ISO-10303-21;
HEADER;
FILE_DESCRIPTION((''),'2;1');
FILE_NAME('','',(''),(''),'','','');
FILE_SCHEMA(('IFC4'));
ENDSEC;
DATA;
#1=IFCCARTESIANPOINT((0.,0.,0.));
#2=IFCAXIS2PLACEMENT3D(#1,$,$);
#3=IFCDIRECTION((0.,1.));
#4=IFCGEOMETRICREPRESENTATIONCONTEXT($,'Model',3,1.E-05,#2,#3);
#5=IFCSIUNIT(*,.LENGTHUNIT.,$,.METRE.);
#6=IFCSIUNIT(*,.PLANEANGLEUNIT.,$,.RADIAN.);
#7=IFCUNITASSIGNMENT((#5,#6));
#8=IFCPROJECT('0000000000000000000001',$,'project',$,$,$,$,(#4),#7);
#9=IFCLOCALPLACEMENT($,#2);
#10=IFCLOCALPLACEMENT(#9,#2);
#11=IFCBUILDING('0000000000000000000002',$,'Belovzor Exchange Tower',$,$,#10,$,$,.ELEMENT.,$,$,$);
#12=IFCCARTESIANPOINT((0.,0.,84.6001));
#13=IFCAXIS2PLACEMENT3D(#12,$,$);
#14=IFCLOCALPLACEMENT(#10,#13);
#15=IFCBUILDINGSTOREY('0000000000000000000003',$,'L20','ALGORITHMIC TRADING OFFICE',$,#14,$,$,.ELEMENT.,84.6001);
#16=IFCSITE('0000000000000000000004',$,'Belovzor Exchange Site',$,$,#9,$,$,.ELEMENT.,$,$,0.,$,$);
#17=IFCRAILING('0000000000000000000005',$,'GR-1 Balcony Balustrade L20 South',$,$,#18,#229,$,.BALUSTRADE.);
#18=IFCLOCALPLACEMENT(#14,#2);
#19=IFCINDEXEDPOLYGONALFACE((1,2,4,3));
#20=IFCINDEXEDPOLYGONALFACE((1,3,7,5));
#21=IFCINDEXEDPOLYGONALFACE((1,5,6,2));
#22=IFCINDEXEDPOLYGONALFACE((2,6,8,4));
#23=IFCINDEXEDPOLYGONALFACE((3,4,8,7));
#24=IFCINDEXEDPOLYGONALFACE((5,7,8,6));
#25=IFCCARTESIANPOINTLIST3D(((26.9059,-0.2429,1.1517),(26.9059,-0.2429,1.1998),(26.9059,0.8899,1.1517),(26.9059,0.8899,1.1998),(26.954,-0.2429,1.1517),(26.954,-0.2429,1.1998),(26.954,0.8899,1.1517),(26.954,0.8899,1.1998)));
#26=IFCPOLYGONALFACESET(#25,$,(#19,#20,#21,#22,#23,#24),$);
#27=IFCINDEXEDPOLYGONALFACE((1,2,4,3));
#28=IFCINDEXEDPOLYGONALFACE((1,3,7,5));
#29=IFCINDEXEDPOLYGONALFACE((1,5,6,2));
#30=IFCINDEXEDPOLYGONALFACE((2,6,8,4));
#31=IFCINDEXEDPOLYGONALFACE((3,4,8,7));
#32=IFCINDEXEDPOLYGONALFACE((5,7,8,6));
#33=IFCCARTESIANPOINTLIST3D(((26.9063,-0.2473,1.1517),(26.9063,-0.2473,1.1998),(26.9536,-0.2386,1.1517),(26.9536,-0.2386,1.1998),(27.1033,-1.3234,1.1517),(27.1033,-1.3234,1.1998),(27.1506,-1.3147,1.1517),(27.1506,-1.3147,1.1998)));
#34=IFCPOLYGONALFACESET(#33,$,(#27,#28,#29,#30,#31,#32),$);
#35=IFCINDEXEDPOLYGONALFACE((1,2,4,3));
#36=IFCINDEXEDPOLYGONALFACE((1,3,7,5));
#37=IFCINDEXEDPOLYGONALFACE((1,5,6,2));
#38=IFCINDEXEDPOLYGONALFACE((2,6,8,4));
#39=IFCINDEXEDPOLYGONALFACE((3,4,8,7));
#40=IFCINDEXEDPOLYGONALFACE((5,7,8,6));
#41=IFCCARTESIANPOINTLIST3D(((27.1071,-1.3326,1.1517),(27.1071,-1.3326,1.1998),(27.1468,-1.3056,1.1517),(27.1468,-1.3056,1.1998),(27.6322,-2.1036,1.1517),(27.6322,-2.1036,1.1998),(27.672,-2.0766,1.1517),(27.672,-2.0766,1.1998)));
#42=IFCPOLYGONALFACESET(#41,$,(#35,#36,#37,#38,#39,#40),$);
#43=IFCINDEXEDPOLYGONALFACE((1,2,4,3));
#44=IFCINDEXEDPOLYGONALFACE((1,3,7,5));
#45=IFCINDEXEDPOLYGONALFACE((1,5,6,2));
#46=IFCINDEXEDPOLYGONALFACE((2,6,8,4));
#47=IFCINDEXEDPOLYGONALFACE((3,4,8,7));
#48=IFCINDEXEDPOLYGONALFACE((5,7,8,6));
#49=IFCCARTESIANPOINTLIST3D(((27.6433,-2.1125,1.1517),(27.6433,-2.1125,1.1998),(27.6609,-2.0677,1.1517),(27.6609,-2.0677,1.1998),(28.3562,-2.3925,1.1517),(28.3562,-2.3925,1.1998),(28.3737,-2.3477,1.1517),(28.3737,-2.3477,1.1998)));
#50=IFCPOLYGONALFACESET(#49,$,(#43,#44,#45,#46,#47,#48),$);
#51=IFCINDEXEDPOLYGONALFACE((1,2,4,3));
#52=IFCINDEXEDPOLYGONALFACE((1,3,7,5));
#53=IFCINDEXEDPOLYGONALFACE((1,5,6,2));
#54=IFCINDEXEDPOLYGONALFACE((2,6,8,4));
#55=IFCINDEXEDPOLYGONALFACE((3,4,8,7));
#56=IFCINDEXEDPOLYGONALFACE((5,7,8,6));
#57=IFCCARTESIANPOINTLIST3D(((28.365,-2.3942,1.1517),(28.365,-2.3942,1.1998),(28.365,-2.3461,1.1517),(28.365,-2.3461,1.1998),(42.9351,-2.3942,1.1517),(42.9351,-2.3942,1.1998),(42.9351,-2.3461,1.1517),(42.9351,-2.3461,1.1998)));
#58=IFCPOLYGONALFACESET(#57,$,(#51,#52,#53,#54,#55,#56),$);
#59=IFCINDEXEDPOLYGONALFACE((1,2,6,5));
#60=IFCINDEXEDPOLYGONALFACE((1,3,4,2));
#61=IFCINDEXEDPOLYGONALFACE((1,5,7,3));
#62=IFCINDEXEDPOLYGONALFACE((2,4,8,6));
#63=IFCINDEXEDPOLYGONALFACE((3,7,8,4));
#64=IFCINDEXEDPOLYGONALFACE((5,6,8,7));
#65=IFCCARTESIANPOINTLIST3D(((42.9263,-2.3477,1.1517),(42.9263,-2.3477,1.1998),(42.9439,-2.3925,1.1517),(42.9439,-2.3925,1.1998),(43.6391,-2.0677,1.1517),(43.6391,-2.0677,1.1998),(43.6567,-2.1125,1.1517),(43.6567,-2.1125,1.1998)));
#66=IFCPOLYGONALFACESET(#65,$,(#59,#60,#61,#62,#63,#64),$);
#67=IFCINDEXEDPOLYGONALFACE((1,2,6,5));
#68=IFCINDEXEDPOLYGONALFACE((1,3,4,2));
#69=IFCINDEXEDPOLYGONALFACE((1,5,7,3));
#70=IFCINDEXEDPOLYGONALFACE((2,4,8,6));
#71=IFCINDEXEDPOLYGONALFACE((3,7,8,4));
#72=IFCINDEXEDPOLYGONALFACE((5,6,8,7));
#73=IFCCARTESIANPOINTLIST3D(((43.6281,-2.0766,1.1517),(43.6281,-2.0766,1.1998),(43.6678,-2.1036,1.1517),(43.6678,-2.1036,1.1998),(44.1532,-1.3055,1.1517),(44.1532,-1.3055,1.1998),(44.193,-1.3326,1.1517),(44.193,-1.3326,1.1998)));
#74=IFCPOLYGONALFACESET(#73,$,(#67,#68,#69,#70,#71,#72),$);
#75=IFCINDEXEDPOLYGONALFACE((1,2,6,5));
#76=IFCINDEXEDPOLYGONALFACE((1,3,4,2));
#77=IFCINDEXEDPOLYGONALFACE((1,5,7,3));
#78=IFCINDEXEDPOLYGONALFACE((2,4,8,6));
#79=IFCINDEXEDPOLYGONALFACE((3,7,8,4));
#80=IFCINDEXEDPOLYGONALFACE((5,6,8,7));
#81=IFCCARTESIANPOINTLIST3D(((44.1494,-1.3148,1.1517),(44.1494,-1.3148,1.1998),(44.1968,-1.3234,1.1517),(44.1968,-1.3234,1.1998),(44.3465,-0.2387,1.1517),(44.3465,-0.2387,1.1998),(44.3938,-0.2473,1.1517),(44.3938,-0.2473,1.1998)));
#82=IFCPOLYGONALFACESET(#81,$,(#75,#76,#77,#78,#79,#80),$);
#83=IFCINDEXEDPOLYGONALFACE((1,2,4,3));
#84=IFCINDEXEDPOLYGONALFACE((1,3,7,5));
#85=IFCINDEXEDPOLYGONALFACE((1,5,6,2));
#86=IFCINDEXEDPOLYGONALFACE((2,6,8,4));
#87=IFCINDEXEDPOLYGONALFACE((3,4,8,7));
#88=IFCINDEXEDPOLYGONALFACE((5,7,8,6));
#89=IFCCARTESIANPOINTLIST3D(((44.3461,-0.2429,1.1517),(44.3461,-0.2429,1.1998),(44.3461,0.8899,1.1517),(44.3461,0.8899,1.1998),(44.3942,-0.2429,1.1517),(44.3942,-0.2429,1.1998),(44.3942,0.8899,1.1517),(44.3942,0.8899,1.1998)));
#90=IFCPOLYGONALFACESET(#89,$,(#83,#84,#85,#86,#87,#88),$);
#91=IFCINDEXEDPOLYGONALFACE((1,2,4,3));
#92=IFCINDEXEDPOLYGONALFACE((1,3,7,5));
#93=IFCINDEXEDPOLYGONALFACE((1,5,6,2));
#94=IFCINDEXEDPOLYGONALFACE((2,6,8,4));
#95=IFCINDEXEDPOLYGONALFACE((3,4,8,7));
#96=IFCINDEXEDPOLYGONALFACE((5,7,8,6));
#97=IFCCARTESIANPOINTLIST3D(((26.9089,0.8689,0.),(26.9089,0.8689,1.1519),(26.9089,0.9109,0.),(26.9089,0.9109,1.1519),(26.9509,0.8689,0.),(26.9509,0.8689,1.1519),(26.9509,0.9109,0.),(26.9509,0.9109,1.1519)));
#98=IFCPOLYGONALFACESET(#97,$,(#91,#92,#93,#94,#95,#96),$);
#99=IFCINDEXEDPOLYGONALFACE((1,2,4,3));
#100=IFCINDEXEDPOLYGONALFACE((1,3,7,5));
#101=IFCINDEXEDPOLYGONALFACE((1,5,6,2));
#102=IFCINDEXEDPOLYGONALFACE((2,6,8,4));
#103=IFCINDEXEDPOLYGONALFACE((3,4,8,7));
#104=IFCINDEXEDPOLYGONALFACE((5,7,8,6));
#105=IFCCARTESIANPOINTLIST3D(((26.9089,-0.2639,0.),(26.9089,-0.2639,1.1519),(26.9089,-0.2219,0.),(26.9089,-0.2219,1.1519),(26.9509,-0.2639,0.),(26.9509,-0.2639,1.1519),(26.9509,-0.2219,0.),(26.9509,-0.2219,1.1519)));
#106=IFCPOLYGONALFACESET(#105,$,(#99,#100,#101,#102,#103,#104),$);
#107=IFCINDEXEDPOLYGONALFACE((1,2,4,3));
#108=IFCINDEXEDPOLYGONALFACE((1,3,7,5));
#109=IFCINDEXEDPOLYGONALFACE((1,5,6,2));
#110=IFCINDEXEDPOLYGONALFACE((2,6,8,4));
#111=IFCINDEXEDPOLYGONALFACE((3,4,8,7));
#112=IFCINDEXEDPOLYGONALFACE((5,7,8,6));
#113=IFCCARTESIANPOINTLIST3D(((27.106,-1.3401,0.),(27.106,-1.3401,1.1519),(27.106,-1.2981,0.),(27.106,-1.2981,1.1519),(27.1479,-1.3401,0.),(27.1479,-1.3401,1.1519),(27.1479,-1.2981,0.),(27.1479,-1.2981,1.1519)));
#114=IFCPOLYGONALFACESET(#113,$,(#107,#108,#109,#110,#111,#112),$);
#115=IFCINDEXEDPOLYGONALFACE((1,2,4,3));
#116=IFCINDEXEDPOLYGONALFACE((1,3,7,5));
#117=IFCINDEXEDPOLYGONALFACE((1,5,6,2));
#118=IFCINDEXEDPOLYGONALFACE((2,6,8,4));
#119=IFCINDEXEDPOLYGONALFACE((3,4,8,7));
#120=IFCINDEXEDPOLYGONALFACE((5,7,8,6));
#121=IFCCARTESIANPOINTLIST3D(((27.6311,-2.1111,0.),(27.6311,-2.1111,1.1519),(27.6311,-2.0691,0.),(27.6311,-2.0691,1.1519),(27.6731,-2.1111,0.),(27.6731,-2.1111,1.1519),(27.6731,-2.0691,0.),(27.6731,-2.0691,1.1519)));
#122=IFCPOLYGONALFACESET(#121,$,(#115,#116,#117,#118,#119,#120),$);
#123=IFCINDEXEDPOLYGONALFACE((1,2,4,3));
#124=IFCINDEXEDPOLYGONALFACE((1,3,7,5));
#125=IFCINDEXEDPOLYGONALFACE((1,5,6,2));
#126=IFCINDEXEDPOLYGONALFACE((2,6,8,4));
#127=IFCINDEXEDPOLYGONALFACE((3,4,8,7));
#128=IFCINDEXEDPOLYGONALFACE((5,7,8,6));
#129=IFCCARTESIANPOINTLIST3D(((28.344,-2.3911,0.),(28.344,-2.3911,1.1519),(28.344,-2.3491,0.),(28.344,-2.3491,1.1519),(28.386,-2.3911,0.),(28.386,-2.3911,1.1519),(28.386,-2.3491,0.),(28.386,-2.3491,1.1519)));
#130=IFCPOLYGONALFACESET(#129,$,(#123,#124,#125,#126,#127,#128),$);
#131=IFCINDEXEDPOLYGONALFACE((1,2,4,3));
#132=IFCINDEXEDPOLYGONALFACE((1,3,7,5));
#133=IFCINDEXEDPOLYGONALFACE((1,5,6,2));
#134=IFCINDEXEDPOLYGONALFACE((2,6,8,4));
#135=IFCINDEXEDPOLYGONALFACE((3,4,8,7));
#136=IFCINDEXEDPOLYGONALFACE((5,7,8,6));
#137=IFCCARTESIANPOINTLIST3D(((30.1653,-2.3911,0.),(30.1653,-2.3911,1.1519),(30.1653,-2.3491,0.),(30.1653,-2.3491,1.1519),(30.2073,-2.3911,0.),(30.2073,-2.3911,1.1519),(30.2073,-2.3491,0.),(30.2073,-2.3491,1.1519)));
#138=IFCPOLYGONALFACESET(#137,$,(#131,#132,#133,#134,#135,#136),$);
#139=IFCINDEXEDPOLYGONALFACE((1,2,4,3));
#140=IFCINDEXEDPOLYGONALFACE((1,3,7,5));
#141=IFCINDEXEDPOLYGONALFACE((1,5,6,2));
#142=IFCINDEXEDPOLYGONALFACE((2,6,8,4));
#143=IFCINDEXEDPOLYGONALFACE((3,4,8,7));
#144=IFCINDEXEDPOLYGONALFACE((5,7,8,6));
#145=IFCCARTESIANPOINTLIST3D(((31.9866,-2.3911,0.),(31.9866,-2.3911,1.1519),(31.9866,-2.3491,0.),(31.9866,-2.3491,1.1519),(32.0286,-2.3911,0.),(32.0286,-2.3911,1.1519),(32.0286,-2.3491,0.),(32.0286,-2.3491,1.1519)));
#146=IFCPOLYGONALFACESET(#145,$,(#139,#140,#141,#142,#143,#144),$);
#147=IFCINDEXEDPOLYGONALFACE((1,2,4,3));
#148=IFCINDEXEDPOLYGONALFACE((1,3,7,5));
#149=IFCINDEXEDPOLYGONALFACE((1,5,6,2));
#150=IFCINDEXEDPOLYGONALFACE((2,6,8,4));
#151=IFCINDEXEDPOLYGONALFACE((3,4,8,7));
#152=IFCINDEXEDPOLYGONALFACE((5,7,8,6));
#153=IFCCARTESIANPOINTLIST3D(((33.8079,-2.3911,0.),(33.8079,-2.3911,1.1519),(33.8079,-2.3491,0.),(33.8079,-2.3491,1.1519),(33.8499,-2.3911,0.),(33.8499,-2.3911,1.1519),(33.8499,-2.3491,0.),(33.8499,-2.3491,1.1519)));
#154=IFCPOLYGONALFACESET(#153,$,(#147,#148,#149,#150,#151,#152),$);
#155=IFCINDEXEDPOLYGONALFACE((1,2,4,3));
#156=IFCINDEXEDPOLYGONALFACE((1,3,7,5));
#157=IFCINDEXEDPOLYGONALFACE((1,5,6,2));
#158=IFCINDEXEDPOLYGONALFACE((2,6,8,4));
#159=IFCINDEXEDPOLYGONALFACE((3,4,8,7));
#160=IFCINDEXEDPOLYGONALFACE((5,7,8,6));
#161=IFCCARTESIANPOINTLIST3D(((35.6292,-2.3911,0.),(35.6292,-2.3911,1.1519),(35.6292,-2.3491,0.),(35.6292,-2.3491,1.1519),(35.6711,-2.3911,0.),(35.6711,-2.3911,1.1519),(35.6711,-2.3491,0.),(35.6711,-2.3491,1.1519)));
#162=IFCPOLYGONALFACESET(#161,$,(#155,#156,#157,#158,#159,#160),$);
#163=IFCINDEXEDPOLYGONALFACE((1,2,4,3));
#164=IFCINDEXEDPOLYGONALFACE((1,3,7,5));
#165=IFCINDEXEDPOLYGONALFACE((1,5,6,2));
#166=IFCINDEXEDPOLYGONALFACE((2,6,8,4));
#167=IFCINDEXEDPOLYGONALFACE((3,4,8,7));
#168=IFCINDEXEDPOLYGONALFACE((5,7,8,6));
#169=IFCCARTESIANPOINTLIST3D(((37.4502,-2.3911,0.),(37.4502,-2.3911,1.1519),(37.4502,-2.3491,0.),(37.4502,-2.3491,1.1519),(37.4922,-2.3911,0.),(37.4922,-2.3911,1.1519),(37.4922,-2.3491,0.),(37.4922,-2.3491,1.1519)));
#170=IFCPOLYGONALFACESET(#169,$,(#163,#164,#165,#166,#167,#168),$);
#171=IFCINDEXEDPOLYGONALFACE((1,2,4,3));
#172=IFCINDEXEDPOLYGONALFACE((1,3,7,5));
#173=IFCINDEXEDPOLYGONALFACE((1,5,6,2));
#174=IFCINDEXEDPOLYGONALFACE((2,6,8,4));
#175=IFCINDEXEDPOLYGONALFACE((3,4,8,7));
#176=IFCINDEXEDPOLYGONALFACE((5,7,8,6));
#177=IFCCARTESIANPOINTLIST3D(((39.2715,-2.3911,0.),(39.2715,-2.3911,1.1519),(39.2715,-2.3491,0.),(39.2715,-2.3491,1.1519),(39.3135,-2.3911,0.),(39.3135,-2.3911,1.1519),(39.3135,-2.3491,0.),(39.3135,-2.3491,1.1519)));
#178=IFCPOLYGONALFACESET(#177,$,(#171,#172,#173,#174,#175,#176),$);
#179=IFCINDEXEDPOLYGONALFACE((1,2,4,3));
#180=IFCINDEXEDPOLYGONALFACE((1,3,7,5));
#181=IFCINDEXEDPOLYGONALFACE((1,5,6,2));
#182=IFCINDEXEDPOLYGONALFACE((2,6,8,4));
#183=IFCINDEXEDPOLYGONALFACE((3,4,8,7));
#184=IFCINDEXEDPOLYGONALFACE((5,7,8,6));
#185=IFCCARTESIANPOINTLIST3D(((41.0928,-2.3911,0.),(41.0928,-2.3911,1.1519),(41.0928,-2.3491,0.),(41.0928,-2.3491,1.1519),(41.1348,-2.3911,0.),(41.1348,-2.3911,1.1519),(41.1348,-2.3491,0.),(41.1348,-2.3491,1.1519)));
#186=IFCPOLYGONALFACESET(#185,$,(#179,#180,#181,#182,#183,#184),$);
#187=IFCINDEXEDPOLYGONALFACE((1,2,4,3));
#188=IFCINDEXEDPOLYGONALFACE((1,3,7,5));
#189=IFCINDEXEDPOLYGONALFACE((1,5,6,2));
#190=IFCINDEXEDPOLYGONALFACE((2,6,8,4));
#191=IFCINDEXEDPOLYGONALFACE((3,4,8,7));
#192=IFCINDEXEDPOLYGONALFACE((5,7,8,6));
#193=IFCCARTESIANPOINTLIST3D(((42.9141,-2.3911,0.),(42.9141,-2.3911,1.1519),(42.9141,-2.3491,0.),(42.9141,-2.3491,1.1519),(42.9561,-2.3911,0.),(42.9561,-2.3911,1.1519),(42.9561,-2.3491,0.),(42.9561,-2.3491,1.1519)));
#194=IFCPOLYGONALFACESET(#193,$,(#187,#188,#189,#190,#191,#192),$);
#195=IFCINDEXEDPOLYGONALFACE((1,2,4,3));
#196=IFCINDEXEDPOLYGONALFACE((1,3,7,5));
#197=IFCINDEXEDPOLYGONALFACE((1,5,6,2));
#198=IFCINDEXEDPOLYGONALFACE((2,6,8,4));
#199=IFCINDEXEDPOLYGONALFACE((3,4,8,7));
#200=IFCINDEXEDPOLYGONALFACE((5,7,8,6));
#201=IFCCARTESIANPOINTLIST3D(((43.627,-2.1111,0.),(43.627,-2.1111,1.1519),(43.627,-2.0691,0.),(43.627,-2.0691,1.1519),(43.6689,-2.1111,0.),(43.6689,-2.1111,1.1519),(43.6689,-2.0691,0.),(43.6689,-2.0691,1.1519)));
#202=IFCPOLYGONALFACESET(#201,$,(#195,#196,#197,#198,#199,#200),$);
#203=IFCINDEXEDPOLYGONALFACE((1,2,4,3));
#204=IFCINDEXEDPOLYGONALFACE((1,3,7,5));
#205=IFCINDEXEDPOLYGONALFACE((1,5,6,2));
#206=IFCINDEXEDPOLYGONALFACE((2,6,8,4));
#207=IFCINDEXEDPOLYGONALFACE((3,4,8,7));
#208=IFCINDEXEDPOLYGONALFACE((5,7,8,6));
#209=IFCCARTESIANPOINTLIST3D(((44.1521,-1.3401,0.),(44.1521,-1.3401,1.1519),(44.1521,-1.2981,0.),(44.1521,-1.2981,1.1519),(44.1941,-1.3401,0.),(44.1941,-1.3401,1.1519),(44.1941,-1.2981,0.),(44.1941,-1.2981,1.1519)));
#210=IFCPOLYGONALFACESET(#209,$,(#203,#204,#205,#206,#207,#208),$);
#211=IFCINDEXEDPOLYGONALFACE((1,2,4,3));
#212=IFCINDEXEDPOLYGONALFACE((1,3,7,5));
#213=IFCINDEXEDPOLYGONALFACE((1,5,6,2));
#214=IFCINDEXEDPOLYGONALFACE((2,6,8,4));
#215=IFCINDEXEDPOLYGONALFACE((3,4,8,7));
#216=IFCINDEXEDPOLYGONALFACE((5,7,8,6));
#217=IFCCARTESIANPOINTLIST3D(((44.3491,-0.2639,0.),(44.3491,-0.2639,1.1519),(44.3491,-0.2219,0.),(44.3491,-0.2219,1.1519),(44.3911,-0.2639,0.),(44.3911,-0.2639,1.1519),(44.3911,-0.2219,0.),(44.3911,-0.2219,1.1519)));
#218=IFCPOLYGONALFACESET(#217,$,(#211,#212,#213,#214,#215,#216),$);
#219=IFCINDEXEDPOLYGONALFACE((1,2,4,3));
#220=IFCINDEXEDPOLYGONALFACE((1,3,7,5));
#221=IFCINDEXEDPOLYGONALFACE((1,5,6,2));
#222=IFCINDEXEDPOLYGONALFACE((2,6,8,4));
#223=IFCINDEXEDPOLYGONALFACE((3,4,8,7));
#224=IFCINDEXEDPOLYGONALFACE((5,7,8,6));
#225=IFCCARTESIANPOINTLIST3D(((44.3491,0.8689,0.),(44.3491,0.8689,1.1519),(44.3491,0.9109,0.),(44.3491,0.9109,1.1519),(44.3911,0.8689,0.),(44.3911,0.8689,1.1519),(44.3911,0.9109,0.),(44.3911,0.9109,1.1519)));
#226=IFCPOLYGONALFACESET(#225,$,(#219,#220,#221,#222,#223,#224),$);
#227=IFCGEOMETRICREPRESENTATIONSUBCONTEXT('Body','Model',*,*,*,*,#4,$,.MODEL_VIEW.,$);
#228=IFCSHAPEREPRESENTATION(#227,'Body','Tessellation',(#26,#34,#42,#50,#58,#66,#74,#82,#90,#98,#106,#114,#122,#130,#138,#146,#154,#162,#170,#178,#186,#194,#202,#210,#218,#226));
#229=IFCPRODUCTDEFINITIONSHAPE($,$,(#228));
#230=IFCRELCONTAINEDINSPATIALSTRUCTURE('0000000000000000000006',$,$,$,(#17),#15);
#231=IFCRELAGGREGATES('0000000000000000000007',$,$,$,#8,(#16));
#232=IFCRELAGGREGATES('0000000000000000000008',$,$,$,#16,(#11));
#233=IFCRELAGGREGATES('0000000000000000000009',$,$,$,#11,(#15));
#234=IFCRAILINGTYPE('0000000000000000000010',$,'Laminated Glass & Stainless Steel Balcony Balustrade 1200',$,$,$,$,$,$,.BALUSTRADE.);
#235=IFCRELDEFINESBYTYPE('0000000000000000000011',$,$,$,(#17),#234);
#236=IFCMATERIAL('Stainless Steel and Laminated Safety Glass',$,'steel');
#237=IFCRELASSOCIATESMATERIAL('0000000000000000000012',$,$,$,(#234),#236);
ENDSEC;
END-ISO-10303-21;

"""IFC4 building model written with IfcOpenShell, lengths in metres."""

from ifc_helpers import new_model, si_unit, direction, frame, origin, origin_2d, place, context, subcontext, project, spatial, rectangle, extrude, material, type_object, element, save


model = new_model("IFC4")

# Units and contexts
model_context = context("Model", 3, precision=1e-05, world=origin(), true_north=direction((0.0, 1.0)))
body_context = subcontext(model_context, "Body", "Model", "MODEL_VIEW")
ifc_project = project(units=[si_unit("LENGTHUNIT", "METRE"), si_unit("PLANEANGLEUNIT", "RADIAN")], contexts=[model_context])

# Site, building, storey
site_placement = place(None, origin())
site = spatial("IfcSite", under=ifc_project, at=site_placement, Name="Belovzor Exchange Site", CompositionType="ELEMENT", RefElevation=0.0)
building_placement = place(site_placement, origin())
building = spatial("IfcBuilding", under=site, at=building_placement, Name="Belovzor Exchange Tower", CompositionType="ELEMENT")
storey_placement = place(building_placement, frame((0.0, 0.0, 84.6001)))
storey = spatial("IfcBuildingStorey", under=building, at=storey_placement, Name="L20", Description="ALGORITHMIC TRADING OFFICE", CompositionType="ELEMENT", Elevation=84.6001)

# Railing
ifc_material_1 = material(Name="Stainless Steel and Laminated Safety Glass", Category="steel")
railing_type = type_object("IfcRailingType", Name="Laminated Glass & Stainless Steel Balcony Balustrade 1200", PredefinedType="BALUSTRADE", material=ifc_material_1)
railing_placement = place(storey_placement, frame((26.9299, 0.8899, 0.0)))
element("IfcRailing", 1, at=railing_placement, inside=storey, type_object=railing_type, Name="GR-1 Balcony Balustrade L20 South", PredefinedType="BALUSTRADE", context=body_context, shape_type="SweptSolid", body=[
    extrude(rectangle(XDim=0.0481, YDim=0.0481, at=origin_2d()), frame((0.0, 0.0, 1.1758), z_axis=(0.0, -1.0, 0.0), x_axis=(1.0, 0.0, 0.0)), (0.0, 0.0, 1.0), 1.1328),
    extrude(rectangle(XDim=0.0481, YDim=0.0481, at=origin_2d()), frame((0.0, -1.1328, 1.1758), z_axis=(0.180083, -0.983651, 0.0), x_axis=(0.983651, 0.180083, 0.0)), (0.0, 0.0, 1.0), 1.094),
    extrude(rectangle(XDim=0.0481, YDim=0.0481, at=origin_2d()), frame((0.197, -2.209, 1.1758), z_axis=(0.562947, -0.826493, 0.0), x_axis=(0.826493, 0.562947, 0.0)), (0.0, 0.0, 1.0), 0.9329),
    extrude(rectangle(XDim=0.0481, YDim=0.0481, at=origin_2d()), frame((0.7222, -2.98, 1.1758), z_axis=(0.930767, -0.365613, 0.0), x_axis=(0.365613, 0.930767, 0.0)), (0.0, 0.0, 1.0), 0.7659),
    extrude(rectangle(XDim=0.0481, YDim=0.0481, at=origin_2d()), frame((1.4351, -3.26, 1.1758), z_axis=(1.0, 0.0, 0.0), x_axis=(0.0, 1.0, 0.0)), (0.0, 0.0, 1.0), 14.5701),
    extrude(rectangle(XDim=0.0481, YDim=0.0481, at=origin_2d()), frame((16.0051, -3.26, 1.1758), z_axis=(0.930767, 0.365613, 0.0), x_axis=(-0.365613, 0.930767, 0.0)), (0.0, 0.0, 1.0), 0.7659),
    extrude(rectangle(XDim=0.0481, YDim=0.0481, at=origin_2d()), frame((16.718, -2.98, 1.1758), z_axis=(0.562947, 0.826493, 0.0), x_axis=(-0.826493, 0.562947, 0.0)), (0.0, 0.0, 1.0), 0.9329),
    extrude(rectangle(XDim=0.0481, YDim=0.0481, at=origin_2d()), frame((17.2432, -2.209, 1.1758), z_axis=(0.180083, 0.983651, 0.0), x_axis=(-0.983651, 0.180083, 0.0)), (0.0, 0.0, 1.0), 1.094),
    extrude(rectangle(XDim=0.0481, YDim=0.0481, at=origin_2d()), frame((17.4402, -1.1328, 1.1758), z_axis=(0.0, 1.0, 0.0), x_axis=(-1.0, 0.0, 0.0)), (0.0, 0.0, 1.0), 1.1328),
    extrude(rectangle(XDim=0.042, YDim=0.042, at=origin_2d()), origin(), (0.0, 0.0, 1.0), 1.1519),
    extrude(rectangle(XDim=0.042, YDim=0.042, at=origin_2d()), frame((0.0, -1.1328, 0.0)), (0.0, 0.0, 1.0), 1.1519),
    extrude(rectangle(XDim=0.042, YDim=0.042, at=origin_2d()), frame((0.197, -2.209, 0.0)), (0.0, 0.0, 1.0), 1.1519),
    extrude(rectangle(XDim=0.042, YDim=0.042, at=origin_2d()), frame((0.7222, -2.98, 0.0)), (0.0, 0.0, 1.0), 1.1519),
    extrude(rectangle(XDim=0.042, YDim=0.042, at=origin_2d()), frame((1.4351, -3.26, 0.0)), (0.0, 0.0, 1.0), 1.1519),
    extrude(rectangle(XDim=0.042, YDim=0.042, at=origin_2d()), frame((3.2563, -3.26, 0.0)), (0.0, 0.0, 1.0), 1.1519),
    extrude(rectangle(XDim=0.042, YDim=0.042, at=origin_2d()), frame((5.0776, -3.26, 0.0)), (0.0, 0.0, 1.0), 1.1519),
    extrude(rectangle(XDim=0.042, YDim=0.042, at=origin_2d()), frame((6.8989, -3.26, 0.0)), (0.0, 0.0, 1.0), 1.1519),
    extrude(rectangle(XDim=0.042, YDim=0.042, at=origin_2d()), frame((8.7202, -3.26, 0.0)), (0.0, 0.0, 1.0), 1.1519),
    extrude(rectangle(XDim=0.042, YDim=0.042, at=origin_2d()), frame((10.5413, -3.26, 0.0)), (0.0, 0.0, 1.0), 1.1519),
    extrude(rectangle(XDim=0.042, YDim=0.042, at=origin_2d()), frame((12.3625, -3.26, 0.0)), (0.0, 0.0, 1.0), 1.1519),
    extrude(rectangle(XDim=0.042, YDim=0.042, at=origin_2d()), frame((14.1838, -3.26, 0.0)), (0.0, 0.0, 1.0), 1.1519),
    extrude(rectangle(XDim=0.042, YDim=0.042, at=origin_2d()), frame((16.0051, -3.26, 0.0)), (0.0, 0.0, 1.0), 1.1519),
    extrude(rectangle(XDim=0.042, YDim=0.042, at=origin_2d()), frame((16.718, -2.98, 0.0)), (0.0, 0.0, 1.0), 1.1519),
    extrude(rectangle(XDim=0.042, YDim=0.042, at=origin_2d()), frame((17.2432, -2.209, 0.0)), (0.0, 0.0, 1.0), 1.1519),
    extrude(rectangle(XDim=0.042, YDim=0.042, at=origin_2d()), frame((17.4402, -1.1328, 0.0)), (0.0, 0.0, 1.0), 1.1519),
    extrude(rectangle(XDim=0.042, YDim=0.042, at=origin_2d()), frame((17.4402, 0.0, 0.0)), (0.0, 0.0, 1.0), 1.1519),
])

save(model, "model.ifc")
